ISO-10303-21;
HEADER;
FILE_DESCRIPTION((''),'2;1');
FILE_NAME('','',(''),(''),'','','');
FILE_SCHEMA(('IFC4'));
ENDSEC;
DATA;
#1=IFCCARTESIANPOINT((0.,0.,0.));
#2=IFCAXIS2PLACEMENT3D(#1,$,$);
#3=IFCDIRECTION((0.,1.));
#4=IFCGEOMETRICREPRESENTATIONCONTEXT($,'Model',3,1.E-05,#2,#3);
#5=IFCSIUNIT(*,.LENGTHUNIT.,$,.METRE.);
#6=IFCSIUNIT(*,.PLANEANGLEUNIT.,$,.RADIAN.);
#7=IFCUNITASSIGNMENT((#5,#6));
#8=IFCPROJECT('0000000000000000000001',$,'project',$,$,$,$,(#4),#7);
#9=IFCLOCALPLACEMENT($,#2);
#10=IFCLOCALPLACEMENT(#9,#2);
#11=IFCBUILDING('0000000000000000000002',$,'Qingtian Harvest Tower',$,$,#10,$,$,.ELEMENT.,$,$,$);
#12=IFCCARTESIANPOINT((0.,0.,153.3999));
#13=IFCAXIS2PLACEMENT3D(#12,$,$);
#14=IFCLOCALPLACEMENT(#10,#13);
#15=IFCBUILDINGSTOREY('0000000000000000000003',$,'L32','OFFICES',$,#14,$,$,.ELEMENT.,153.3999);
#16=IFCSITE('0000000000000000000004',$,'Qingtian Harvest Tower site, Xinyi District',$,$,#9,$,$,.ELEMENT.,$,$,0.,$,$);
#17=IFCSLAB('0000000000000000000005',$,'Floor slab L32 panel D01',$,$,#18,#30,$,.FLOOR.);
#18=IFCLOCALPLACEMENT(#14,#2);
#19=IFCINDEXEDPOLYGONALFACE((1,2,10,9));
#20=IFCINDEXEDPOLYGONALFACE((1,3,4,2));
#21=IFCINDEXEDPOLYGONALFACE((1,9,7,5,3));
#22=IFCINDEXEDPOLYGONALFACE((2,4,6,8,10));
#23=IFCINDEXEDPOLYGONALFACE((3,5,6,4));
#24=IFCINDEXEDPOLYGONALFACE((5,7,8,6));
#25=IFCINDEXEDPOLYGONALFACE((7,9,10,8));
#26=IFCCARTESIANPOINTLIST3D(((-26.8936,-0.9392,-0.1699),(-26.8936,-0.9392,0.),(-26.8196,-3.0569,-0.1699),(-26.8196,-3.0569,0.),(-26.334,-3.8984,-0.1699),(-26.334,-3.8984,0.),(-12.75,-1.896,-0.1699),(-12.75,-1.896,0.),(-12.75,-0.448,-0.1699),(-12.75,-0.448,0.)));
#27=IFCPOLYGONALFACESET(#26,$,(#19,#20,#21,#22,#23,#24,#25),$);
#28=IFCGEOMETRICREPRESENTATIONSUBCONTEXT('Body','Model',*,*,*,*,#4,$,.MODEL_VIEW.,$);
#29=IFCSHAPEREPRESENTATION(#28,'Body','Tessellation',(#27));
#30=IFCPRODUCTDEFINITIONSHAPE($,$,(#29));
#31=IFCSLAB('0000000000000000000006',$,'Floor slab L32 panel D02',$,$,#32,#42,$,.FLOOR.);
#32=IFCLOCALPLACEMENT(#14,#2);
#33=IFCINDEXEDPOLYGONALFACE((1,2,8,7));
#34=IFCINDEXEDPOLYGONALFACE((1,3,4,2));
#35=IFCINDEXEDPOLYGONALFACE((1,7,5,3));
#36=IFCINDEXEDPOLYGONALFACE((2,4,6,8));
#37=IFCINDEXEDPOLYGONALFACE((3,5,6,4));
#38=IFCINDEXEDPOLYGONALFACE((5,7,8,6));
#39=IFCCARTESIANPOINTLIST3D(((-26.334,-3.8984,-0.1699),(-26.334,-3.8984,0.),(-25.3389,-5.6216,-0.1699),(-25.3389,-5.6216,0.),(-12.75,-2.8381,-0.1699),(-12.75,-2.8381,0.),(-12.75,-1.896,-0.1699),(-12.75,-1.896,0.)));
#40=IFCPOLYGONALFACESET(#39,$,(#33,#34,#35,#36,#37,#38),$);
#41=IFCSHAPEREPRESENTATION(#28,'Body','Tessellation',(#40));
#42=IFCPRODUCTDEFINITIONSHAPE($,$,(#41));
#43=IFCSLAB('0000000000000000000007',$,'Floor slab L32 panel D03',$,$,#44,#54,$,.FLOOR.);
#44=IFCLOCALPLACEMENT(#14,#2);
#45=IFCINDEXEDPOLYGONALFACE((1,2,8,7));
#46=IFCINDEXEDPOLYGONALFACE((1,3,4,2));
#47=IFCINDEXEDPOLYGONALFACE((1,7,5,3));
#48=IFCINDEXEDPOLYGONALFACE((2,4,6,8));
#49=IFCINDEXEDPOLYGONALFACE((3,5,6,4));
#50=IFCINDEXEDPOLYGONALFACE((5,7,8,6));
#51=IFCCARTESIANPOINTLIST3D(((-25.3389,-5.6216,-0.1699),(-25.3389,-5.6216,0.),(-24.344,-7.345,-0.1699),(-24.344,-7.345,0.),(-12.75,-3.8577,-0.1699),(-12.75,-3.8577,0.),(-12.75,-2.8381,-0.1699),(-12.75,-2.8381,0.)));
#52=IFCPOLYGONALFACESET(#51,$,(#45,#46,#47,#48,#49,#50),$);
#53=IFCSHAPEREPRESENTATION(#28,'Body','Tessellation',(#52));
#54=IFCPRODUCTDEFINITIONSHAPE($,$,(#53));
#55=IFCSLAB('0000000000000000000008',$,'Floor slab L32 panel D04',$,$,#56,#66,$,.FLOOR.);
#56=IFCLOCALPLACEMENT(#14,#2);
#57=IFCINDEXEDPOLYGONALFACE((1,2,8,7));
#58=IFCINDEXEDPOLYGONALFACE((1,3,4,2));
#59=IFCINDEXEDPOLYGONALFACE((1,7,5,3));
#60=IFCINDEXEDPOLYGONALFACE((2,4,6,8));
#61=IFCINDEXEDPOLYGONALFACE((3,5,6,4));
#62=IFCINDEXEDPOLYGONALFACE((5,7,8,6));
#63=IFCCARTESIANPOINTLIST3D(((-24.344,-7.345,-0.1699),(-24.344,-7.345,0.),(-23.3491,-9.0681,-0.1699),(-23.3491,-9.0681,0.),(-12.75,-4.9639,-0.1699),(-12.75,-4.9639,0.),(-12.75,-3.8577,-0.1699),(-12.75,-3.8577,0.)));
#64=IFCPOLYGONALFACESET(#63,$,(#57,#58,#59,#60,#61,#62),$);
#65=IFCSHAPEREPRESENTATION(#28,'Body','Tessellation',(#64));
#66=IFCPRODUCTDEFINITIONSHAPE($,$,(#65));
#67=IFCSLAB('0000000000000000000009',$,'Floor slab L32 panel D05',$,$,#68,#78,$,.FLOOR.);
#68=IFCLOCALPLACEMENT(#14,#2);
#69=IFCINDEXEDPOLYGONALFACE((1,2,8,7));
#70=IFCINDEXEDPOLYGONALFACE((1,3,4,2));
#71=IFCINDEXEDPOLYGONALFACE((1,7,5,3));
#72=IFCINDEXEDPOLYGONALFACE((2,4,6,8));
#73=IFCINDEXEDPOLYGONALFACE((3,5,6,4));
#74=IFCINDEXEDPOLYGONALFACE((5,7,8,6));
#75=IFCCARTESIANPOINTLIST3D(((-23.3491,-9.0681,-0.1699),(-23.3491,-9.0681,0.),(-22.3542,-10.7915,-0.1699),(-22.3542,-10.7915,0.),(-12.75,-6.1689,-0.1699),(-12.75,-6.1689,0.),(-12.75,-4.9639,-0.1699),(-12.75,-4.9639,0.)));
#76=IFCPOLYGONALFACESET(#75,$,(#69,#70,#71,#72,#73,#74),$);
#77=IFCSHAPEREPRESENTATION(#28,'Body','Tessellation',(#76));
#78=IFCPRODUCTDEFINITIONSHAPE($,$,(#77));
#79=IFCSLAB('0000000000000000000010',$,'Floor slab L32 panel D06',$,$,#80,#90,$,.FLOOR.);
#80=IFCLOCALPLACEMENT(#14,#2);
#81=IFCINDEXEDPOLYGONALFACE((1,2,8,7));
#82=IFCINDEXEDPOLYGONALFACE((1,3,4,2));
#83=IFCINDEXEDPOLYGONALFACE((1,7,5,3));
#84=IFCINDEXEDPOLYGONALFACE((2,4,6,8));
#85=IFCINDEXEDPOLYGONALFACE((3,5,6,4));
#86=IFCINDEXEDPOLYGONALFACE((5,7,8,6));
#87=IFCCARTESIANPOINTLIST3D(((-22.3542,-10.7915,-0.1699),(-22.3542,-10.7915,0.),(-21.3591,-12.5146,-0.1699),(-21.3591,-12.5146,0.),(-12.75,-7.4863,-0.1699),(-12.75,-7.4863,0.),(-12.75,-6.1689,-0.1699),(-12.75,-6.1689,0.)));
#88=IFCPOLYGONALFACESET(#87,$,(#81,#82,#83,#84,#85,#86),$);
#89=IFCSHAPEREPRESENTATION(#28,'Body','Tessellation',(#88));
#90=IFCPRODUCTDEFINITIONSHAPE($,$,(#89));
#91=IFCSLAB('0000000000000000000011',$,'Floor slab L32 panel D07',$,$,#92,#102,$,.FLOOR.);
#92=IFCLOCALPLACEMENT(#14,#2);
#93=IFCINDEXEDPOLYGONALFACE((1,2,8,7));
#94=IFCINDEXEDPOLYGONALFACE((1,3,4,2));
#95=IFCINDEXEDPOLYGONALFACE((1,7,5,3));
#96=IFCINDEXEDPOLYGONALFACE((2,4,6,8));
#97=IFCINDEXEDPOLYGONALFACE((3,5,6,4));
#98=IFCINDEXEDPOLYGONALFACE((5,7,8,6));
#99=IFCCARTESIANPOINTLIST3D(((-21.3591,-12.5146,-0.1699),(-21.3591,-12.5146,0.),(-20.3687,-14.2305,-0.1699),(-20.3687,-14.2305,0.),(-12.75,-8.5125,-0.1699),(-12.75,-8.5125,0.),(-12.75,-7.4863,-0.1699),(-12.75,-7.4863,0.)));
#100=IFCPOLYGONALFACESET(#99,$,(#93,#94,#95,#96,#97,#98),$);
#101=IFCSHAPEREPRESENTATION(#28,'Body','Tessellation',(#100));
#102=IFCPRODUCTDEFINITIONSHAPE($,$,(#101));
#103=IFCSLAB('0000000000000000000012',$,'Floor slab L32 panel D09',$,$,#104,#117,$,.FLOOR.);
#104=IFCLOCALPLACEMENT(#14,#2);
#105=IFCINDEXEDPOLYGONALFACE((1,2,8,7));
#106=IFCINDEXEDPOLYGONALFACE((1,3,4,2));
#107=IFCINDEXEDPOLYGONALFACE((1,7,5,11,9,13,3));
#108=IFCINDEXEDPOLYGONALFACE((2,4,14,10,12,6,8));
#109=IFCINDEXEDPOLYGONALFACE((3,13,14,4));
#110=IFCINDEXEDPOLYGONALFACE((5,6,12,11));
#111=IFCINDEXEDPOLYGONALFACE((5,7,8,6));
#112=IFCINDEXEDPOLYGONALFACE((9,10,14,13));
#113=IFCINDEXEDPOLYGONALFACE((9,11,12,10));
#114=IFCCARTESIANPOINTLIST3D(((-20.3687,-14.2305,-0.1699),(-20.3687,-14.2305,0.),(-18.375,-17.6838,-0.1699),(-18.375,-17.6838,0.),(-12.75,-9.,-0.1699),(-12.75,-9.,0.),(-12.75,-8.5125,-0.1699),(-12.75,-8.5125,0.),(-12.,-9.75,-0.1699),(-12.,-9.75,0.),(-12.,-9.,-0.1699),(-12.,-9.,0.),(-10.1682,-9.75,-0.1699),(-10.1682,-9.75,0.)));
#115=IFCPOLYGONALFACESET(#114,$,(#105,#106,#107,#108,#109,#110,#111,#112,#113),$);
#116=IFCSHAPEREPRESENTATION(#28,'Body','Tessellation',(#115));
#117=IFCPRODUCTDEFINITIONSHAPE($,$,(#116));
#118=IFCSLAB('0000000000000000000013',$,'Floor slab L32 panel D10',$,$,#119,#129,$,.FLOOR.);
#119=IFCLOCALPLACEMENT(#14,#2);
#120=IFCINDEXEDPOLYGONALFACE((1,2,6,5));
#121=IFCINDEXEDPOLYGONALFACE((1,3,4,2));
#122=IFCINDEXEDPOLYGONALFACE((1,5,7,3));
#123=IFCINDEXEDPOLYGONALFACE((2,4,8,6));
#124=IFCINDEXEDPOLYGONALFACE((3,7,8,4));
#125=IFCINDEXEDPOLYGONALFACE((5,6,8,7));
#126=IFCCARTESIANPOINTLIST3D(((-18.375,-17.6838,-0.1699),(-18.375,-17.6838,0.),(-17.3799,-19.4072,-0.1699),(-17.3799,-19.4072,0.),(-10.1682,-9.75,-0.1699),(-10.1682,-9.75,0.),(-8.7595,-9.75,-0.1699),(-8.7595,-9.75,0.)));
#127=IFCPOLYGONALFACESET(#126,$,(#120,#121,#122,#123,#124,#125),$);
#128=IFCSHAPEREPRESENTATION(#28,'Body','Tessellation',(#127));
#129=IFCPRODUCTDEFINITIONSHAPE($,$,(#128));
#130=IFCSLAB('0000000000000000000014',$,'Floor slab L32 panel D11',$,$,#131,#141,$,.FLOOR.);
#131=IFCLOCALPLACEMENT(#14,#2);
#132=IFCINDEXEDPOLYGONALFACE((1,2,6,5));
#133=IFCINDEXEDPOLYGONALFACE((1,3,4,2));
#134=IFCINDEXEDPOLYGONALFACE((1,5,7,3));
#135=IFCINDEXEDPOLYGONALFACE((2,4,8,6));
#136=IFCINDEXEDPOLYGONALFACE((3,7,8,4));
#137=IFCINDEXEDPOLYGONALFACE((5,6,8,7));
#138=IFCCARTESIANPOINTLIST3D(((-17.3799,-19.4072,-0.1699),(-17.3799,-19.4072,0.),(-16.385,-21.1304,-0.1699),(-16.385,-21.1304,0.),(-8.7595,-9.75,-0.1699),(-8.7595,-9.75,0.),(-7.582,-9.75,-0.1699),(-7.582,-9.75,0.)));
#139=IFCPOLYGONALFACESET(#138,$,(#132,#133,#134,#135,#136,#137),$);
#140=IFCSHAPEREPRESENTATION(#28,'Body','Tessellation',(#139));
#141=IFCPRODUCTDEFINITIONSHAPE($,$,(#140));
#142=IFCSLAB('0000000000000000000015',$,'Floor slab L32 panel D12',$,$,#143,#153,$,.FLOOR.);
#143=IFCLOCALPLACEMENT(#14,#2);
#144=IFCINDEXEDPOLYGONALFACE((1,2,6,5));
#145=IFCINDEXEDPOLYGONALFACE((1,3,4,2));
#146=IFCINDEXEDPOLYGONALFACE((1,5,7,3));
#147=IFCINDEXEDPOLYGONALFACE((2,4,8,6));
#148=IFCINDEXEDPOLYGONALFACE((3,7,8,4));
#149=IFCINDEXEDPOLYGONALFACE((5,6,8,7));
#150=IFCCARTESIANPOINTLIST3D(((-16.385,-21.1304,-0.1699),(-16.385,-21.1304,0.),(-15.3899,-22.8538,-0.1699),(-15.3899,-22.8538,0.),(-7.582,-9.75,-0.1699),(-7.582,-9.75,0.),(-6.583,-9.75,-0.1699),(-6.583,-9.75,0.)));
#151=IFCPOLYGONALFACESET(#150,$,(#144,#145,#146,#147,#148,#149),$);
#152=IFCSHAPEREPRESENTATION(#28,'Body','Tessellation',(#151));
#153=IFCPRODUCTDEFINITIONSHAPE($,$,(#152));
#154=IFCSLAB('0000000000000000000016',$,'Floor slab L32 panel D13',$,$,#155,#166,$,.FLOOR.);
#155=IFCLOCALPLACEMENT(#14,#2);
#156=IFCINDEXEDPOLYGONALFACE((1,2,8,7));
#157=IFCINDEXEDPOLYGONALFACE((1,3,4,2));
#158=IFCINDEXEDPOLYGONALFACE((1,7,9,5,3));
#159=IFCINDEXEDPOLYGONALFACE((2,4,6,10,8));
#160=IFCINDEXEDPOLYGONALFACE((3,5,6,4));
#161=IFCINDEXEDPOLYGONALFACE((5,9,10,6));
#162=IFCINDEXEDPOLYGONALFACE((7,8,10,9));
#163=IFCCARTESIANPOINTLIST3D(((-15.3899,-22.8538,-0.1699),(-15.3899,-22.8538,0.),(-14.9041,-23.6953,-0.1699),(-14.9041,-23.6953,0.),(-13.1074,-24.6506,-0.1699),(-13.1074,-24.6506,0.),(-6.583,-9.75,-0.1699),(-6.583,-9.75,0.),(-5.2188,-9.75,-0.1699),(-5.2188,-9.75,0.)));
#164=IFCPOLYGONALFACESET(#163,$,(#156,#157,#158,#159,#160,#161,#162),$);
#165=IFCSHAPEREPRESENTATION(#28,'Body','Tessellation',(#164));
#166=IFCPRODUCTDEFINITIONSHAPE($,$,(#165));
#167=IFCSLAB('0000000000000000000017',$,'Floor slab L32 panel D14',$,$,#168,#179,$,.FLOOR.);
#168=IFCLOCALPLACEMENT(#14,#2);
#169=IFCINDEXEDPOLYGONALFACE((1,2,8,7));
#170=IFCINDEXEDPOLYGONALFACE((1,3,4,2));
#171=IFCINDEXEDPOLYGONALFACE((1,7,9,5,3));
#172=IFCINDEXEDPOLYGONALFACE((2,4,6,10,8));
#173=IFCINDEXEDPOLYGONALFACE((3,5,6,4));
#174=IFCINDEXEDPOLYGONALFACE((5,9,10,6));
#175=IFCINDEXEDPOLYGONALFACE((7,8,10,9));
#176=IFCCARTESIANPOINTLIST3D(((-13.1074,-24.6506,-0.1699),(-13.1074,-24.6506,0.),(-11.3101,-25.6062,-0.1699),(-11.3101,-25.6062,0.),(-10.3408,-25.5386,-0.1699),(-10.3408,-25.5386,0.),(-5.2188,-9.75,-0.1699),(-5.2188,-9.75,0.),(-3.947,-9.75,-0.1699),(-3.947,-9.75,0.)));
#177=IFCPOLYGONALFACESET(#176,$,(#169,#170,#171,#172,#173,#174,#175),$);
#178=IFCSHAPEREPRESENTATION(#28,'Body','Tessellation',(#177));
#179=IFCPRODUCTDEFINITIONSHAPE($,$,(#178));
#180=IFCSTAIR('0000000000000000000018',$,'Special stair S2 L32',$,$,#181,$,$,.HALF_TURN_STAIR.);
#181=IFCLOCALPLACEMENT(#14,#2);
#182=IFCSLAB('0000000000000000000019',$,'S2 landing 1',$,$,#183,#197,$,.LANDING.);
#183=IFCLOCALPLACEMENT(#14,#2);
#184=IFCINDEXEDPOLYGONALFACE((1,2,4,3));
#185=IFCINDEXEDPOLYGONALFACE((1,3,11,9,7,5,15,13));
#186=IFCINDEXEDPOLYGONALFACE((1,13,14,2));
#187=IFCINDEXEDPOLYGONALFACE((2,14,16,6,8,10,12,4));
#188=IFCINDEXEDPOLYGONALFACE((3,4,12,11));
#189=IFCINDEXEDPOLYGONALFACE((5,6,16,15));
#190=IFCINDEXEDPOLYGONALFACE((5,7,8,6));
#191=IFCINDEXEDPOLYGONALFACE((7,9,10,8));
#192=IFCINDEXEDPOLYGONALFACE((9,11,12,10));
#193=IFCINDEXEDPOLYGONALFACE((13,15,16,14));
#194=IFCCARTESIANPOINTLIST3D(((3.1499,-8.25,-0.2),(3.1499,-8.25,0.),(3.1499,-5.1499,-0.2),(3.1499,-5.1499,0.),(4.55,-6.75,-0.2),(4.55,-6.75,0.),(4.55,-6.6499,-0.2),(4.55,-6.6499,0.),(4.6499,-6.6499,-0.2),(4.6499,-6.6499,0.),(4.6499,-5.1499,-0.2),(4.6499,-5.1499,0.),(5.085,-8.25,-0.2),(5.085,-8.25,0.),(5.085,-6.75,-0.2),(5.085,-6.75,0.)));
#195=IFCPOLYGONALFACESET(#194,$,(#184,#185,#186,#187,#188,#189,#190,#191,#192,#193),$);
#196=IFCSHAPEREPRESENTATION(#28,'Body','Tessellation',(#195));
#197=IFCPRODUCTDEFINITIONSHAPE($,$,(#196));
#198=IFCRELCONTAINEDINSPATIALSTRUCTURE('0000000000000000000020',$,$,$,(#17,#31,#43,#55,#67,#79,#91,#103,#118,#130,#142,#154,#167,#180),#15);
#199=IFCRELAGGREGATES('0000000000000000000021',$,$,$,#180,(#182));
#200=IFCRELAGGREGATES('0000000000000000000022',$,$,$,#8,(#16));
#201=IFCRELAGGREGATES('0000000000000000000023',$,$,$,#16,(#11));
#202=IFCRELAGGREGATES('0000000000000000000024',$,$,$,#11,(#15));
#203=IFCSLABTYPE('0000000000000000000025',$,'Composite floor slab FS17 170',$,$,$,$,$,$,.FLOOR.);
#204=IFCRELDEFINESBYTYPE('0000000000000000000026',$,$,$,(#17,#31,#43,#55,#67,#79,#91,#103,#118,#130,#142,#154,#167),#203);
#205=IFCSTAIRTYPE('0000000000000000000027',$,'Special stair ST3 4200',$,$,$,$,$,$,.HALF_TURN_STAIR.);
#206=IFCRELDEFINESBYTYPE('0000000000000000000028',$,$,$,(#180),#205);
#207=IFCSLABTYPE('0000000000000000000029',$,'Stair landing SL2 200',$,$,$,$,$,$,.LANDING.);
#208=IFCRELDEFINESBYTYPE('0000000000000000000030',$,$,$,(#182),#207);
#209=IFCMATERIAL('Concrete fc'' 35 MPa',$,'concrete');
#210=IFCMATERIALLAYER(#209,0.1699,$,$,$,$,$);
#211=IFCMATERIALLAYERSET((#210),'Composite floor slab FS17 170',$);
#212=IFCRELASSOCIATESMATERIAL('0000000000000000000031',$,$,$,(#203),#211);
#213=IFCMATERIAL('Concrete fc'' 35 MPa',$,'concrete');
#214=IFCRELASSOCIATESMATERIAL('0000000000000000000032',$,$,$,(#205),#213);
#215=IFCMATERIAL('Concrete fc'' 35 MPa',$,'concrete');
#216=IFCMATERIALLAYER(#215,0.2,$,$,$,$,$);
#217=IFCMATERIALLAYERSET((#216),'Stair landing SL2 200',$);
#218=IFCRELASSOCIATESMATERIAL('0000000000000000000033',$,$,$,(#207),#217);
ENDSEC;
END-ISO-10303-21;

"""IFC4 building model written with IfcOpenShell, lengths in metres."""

from ifc_helpers import new_model, si_unit, direction, frame, origin, place, context, subcontext, project, spatial, polyline, outline, extrude, material, layer, layer_set, type_object, element, aggregate, save


model = new_model("IFC4")

# Units and contexts
model_context = context("Model", 3, precision=1e-05, world=origin(), true_north=direction((0.0, 1.0)))
body_context = subcontext(model_context, "Body", "Model", "MODEL_VIEW")
ifc_project = project(units=[si_unit("LENGTHUNIT", "METRE"), si_unit("PLANEANGLEUNIT", "RADIAN")], contexts=[model_context])

# Site, building, storey
site_placement = place(None, origin())
site = spatial("IfcSite", under=ifc_project, at=site_placement, Name="Qingtian Harvest Tower site, Xinyi District", CompositionType="ELEMENT", RefElevation=0.0)
building_placement = place(site_placement, origin())
building = spatial("IfcBuilding", under=site, at=building_placement, Name="Qingtian Harvest Tower", CompositionType="ELEMENT")
storey_placement = place(building_placement, frame((0.0, 0.0, 153.3999)))
storey = spatial("IfcBuildingStorey", under=building, at=storey_placement, Name="L32", Description="OFFICES", CompositionType="ELEMENT", Elevation=153.3999)

# Slabs
ifc_material_1 = material(Name="Concrete fc' 35 MPa", Category="concrete")
ifc_layer_1 = layer(ifc_material_1, 0.1699)
ifc_layer_set_1 = layer_set([ifc_layer_1], Name="Composite floor slab FS17 170")
slab_type_1 = type_object("IfcSlabType", Name="Composite floor slab FS17 170", PredefinedType="FLOOR", material=ifc_layer_set_1)
slab_1_placement = place(storey_placement, frame((0.0, 0.0, -0.1699)))
element("IfcSlab", 1, at=slab_1_placement, inside=storey, type_object=slab_type_1, Name="Floor slab L32 panel D01", PredefinedType="FLOOR", context=body_context, shape_type="SweptSolid", body=[
    extrude(outline(polyline([(-26.8936, -0.9392), (-12.75, -0.448), (-12.75, -1.896), (-26.334, -3.8984), (-26.8196, -3.0569), (-26.8936, -0.9392)])), origin(), (0.0, 0.0, 1.0), 0.1699),
])
slab_2_placement = place(storey_placement, frame((0.0, 0.0, -0.1699)))
element("IfcSlab", 2, at=slab_2_placement, inside=storey, type_object=slab_type_1, Name="Floor slab L32 panel D02", PredefinedType="FLOOR", context=body_context, shape_type="SweptSolid", body=[
    extrude(outline(polyline([(-12.75, -2.8381), (-25.3389, -5.6216), (-26.334, -3.8984), (-12.75, -1.896), (-12.75, -2.8381)])), origin(), (0.0, 0.0, 1.0), 0.1699),
])
slab_3_placement = place(storey_placement, frame((0.0, 0.0, -0.1699)))
element("IfcSlab", 3, at=slab_3_placement, inside=storey, type_object=slab_type_1, Name="Floor slab L32 panel D03", PredefinedType="FLOOR", context=body_context, shape_type="SweptSolid", body=[
    extrude(outline(polyline([(-12.75, -3.8577), (-24.344, -7.345), (-25.3389, -5.6216), (-12.75, -2.8381), (-12.75, -3.8577)])), origin(), (0.0, 0.0, 1.0), 0.1699),
])
slab_4_placement = place(storey_placement, frame((0.0, 0.0, -0.1699)))
element("IfcSlab", 4, at=slab_4_placement, inside=storey, type_object=slab_type_1, Name="Floor slab L32 panel D04", PredefinedType="FLOOR", context=body_context, shape_type="SweptSolid", body=[
    extrude(outline(polyline([(-12.75, -4.9639), (-23.3491, -9.0681), (-24.344, -7.345), (-12.75, -3.8577), (-12.75, -4.9639)])), origin(), (0.0, 0.0, 1.0), 0.1699),
])
slab_5_placement = place(storey_placement, frame((0.0, 0.0, -0.1699)))
element("IfcSlab", 5, at=slab_5_placement, inside=storey, type_object=slab_type_1, Name="Floor slab L32 panel D05", PredefinedType="FLOOR", context=body_context, shape_type="SweptSolid", body=[
    extrude(outline(polyline([(-12.75, -6.1689), (-22.3542, -10.7915), (-23.3491, -9.0681), (-12.75, -4.9639), (-12.75, -6.1689)])), origin(), (0.0, 0.0, 1.0), 0.1699),
])
slab_6_placement = place(storey_placement, frame((0.0, 0.0, -0.1699)))
element("IfcSlab", 6, at=slab_6_placement, inside=storey, type_object=slab_type_1, Name="Floor slab L32 panel D06", PredefinedType="FLOOR", context=body_context, shape_type="SweptSolid", body=[
    extrude(outline(polyline([(-12.75, -7.4863), (-21.3591, -12.5146), (-22.3542, -10.7915), (-12.75, -6.1689), (-12.75, -7.4863)])), origin(), (0.0, 0.0, 1.0), 0.1699),
])
slab_7_placement = place(storey_placement, frame((0.0, 0.0, -0.1699)))
element("IfcSlab", 7, at=slab_7_placement, inside=storey, type_object=slab_type_1, Name="Floor slab L32 panel D07", PredefinedType="FLOOR", context=body_context, shape_type="SweptSolid", body=[
    extrude(outline(polyline([(-12.75, -8.5125), (-20.3687, -14.2305), (-21.3591, -12.5146), (-12.75, -7.4863), (-12.75, -8.5125)])), origin(), (0.0, 0.0, 1.0), 0.1699),
])
slab_8_placement = place(storey_placement, frame((0.0, 0.0, -0.1699)))
element("IfcSlab", 8, at=slab_8_placement, inside=storey, type_object=slab_type_1, Name="Floor slab L32 panel D09", PredefinedType="FLOOR", context=body_context, shape_type="SweptSolid", body=[
    extrude(outline(polyline([(-18.375, -17.6838), (-20.3687, -14.2305), (-12.75, -8.5125), (-12.75, -9.0), (-12.0, -9.0), (-12.0, -9.75), (-10.1682, -9.75), (-18.375, -17.6838)])), origin(), (0.0, 0.0, 1.0), 0.1699),
])
slab_9_placement = place(storey_placement, frame((0.0, 0.0, -0.1699)))
element("IfcSlab", 9, at=slab_9_placement, inside=storey, type_object=slab_type_1, Name="Floor slab L32 panel D10", PredefinedType="FLOOR", context=body_context, shape_type="SweptSolid", body=[
    extrude(outline(polyline([(-8.7595, -9.75), (-17.3799, -19.4072), (-18.375, -17.6838), (-10.1682, -9.75), (-8.7595, -9.75)])), origin(), (0.0, 0.0, 1.0), 0.1699),
])
slab_10_placement = place(storey_placement, frame((0.0, 0.0, -0.1699)))
element("IfcSlab", 10, at=slab_10_placement, inside=storey, type_object=slab_type_1, Name="Floor slab L32 panel D11", PredefinedType="FLOOR", context=body_context, shape_type="SweptSolid", body=[
    extrude(outline(polyline([(-7.582, -9.75), (-16.385, -21.1304), (-17.3799, -19.4072), (-8.7595, -9.75), (-7.582, -9.75)])), origin(), (0.0, 0.0, 1.0), 0.1699),
])
slab_11_placement = place(storey_placement, frame((0.0, 0.0, -0.1699)))
element("IfcSlab", 11, at=slab_11_placement, inside=storey, type_object=slab_type_1, Name="Floor slab L32 panel D12", PredefinedType="FLOOR", context=body_context, shape_type="SweptSolid", body=[
    extrude(outline(polyline([(-6.583, -9.75), (-15.3899, -22.8538), (-16.385, -21.1304), (-7.582, -9.75), (-6.583, -9.75)])), origin(), (0.0, 0.0, 1.0), 0.1699),
])
slab_12_placement = place(storey_placement, frame((0.0, 0.0, -0.1699)))
element("IfcSlab", 12, at=slab_12_placement, inside=storey, type_object=slab_type_1, Name="Floor slab L32 panel D13", PredefinedType="FLOOR", context=body_context, shape_type="SweptSolid", body=[
    extrude(outline(polyline([(-6.583, -9.75), (-5.2188, -9.75), (-13.1074, -24.6506), (-14.9041, -23.6953), (-15.3899, -22.8538), (-6.583, -9.75)])), origin(), (0.0, 0.0, 1.0), 0.1699),
])
slab_13_placement = place(storey_placement, frame((0.0, 0.0, -0.1699)))
element("IfcSlab", 13, at=slab_13_placement, inside=storey, type_object=slab_type_1, Name="Floor slab L32 panel D14", PredefinedType="FLOOR", context=body_context, shape_type="SweptSolid", body=[
    extrude(outline(polyline([(-5.2188, -9.75), (-3.947, -9.75), (-10.3408, -25.5386), (-11.3101, -25.6062), (-13.1074, -24.6506), (-5.2188, -9.75)])), origin(), (0.0, 0.0, 1.0), 0.1699),
])

# Stair, slab
ifc_material_2 = material(Name="Concrete fc' 35 MPa", Category="concrete")
stair_type = type_object("IfcStairType", Name="Special stair ST3 4200", PredefinedType="HALF_TURN_STAIR", material=ifc_material_2)
stair_placement = place(storey_placement, origin())
stair = element("IfcStair", 14, at=stair_placement, inside=storey, type_object=stair_type, Name="Special stair S2 L32", PredefinedType="HALF_TURN_STAIR")
ifc_material_3 = material(Name="Concrete fc' 35 MPa", Category="concrete")
ifc_layer_2 = layer(ifc_material_3, 0.2)
ifc_layer_set_2 = layer_set([ifc_layer_2], Name="Stair landing SL2 200")
slab_type_2 = type_object("IfcSlabType", Name="Stair landing SL2 200", PredefinedType="LANDING", material=ifc_layer_set_2)
slab_14_placement = place(storey_placement, frame((0.0, 0.0, -0.2)))
slab_14 = element("IfcSlab", 15, at=slab_14_placement, type_object=slab_type_2, Name="S2 landing 1", PredefinedType="LANDING", context=body_context, shape_type="SweptSolid", body=[
    extrude(outline(polyline([(5.085, -8.25), (3.1499, -8.25), (3.1499, -5.1499), (4.6499, -5.1499), (4.6499, -6.6499), (4.55, -6.6499), (4.55, -6.75), (5.085, -6.75), (5.085, -8.25)])), origin(), (0.0, 0.0, 1.0), 0.2),
])
aggregate(stair, [slab_14])

save(model, "model.ifc")
